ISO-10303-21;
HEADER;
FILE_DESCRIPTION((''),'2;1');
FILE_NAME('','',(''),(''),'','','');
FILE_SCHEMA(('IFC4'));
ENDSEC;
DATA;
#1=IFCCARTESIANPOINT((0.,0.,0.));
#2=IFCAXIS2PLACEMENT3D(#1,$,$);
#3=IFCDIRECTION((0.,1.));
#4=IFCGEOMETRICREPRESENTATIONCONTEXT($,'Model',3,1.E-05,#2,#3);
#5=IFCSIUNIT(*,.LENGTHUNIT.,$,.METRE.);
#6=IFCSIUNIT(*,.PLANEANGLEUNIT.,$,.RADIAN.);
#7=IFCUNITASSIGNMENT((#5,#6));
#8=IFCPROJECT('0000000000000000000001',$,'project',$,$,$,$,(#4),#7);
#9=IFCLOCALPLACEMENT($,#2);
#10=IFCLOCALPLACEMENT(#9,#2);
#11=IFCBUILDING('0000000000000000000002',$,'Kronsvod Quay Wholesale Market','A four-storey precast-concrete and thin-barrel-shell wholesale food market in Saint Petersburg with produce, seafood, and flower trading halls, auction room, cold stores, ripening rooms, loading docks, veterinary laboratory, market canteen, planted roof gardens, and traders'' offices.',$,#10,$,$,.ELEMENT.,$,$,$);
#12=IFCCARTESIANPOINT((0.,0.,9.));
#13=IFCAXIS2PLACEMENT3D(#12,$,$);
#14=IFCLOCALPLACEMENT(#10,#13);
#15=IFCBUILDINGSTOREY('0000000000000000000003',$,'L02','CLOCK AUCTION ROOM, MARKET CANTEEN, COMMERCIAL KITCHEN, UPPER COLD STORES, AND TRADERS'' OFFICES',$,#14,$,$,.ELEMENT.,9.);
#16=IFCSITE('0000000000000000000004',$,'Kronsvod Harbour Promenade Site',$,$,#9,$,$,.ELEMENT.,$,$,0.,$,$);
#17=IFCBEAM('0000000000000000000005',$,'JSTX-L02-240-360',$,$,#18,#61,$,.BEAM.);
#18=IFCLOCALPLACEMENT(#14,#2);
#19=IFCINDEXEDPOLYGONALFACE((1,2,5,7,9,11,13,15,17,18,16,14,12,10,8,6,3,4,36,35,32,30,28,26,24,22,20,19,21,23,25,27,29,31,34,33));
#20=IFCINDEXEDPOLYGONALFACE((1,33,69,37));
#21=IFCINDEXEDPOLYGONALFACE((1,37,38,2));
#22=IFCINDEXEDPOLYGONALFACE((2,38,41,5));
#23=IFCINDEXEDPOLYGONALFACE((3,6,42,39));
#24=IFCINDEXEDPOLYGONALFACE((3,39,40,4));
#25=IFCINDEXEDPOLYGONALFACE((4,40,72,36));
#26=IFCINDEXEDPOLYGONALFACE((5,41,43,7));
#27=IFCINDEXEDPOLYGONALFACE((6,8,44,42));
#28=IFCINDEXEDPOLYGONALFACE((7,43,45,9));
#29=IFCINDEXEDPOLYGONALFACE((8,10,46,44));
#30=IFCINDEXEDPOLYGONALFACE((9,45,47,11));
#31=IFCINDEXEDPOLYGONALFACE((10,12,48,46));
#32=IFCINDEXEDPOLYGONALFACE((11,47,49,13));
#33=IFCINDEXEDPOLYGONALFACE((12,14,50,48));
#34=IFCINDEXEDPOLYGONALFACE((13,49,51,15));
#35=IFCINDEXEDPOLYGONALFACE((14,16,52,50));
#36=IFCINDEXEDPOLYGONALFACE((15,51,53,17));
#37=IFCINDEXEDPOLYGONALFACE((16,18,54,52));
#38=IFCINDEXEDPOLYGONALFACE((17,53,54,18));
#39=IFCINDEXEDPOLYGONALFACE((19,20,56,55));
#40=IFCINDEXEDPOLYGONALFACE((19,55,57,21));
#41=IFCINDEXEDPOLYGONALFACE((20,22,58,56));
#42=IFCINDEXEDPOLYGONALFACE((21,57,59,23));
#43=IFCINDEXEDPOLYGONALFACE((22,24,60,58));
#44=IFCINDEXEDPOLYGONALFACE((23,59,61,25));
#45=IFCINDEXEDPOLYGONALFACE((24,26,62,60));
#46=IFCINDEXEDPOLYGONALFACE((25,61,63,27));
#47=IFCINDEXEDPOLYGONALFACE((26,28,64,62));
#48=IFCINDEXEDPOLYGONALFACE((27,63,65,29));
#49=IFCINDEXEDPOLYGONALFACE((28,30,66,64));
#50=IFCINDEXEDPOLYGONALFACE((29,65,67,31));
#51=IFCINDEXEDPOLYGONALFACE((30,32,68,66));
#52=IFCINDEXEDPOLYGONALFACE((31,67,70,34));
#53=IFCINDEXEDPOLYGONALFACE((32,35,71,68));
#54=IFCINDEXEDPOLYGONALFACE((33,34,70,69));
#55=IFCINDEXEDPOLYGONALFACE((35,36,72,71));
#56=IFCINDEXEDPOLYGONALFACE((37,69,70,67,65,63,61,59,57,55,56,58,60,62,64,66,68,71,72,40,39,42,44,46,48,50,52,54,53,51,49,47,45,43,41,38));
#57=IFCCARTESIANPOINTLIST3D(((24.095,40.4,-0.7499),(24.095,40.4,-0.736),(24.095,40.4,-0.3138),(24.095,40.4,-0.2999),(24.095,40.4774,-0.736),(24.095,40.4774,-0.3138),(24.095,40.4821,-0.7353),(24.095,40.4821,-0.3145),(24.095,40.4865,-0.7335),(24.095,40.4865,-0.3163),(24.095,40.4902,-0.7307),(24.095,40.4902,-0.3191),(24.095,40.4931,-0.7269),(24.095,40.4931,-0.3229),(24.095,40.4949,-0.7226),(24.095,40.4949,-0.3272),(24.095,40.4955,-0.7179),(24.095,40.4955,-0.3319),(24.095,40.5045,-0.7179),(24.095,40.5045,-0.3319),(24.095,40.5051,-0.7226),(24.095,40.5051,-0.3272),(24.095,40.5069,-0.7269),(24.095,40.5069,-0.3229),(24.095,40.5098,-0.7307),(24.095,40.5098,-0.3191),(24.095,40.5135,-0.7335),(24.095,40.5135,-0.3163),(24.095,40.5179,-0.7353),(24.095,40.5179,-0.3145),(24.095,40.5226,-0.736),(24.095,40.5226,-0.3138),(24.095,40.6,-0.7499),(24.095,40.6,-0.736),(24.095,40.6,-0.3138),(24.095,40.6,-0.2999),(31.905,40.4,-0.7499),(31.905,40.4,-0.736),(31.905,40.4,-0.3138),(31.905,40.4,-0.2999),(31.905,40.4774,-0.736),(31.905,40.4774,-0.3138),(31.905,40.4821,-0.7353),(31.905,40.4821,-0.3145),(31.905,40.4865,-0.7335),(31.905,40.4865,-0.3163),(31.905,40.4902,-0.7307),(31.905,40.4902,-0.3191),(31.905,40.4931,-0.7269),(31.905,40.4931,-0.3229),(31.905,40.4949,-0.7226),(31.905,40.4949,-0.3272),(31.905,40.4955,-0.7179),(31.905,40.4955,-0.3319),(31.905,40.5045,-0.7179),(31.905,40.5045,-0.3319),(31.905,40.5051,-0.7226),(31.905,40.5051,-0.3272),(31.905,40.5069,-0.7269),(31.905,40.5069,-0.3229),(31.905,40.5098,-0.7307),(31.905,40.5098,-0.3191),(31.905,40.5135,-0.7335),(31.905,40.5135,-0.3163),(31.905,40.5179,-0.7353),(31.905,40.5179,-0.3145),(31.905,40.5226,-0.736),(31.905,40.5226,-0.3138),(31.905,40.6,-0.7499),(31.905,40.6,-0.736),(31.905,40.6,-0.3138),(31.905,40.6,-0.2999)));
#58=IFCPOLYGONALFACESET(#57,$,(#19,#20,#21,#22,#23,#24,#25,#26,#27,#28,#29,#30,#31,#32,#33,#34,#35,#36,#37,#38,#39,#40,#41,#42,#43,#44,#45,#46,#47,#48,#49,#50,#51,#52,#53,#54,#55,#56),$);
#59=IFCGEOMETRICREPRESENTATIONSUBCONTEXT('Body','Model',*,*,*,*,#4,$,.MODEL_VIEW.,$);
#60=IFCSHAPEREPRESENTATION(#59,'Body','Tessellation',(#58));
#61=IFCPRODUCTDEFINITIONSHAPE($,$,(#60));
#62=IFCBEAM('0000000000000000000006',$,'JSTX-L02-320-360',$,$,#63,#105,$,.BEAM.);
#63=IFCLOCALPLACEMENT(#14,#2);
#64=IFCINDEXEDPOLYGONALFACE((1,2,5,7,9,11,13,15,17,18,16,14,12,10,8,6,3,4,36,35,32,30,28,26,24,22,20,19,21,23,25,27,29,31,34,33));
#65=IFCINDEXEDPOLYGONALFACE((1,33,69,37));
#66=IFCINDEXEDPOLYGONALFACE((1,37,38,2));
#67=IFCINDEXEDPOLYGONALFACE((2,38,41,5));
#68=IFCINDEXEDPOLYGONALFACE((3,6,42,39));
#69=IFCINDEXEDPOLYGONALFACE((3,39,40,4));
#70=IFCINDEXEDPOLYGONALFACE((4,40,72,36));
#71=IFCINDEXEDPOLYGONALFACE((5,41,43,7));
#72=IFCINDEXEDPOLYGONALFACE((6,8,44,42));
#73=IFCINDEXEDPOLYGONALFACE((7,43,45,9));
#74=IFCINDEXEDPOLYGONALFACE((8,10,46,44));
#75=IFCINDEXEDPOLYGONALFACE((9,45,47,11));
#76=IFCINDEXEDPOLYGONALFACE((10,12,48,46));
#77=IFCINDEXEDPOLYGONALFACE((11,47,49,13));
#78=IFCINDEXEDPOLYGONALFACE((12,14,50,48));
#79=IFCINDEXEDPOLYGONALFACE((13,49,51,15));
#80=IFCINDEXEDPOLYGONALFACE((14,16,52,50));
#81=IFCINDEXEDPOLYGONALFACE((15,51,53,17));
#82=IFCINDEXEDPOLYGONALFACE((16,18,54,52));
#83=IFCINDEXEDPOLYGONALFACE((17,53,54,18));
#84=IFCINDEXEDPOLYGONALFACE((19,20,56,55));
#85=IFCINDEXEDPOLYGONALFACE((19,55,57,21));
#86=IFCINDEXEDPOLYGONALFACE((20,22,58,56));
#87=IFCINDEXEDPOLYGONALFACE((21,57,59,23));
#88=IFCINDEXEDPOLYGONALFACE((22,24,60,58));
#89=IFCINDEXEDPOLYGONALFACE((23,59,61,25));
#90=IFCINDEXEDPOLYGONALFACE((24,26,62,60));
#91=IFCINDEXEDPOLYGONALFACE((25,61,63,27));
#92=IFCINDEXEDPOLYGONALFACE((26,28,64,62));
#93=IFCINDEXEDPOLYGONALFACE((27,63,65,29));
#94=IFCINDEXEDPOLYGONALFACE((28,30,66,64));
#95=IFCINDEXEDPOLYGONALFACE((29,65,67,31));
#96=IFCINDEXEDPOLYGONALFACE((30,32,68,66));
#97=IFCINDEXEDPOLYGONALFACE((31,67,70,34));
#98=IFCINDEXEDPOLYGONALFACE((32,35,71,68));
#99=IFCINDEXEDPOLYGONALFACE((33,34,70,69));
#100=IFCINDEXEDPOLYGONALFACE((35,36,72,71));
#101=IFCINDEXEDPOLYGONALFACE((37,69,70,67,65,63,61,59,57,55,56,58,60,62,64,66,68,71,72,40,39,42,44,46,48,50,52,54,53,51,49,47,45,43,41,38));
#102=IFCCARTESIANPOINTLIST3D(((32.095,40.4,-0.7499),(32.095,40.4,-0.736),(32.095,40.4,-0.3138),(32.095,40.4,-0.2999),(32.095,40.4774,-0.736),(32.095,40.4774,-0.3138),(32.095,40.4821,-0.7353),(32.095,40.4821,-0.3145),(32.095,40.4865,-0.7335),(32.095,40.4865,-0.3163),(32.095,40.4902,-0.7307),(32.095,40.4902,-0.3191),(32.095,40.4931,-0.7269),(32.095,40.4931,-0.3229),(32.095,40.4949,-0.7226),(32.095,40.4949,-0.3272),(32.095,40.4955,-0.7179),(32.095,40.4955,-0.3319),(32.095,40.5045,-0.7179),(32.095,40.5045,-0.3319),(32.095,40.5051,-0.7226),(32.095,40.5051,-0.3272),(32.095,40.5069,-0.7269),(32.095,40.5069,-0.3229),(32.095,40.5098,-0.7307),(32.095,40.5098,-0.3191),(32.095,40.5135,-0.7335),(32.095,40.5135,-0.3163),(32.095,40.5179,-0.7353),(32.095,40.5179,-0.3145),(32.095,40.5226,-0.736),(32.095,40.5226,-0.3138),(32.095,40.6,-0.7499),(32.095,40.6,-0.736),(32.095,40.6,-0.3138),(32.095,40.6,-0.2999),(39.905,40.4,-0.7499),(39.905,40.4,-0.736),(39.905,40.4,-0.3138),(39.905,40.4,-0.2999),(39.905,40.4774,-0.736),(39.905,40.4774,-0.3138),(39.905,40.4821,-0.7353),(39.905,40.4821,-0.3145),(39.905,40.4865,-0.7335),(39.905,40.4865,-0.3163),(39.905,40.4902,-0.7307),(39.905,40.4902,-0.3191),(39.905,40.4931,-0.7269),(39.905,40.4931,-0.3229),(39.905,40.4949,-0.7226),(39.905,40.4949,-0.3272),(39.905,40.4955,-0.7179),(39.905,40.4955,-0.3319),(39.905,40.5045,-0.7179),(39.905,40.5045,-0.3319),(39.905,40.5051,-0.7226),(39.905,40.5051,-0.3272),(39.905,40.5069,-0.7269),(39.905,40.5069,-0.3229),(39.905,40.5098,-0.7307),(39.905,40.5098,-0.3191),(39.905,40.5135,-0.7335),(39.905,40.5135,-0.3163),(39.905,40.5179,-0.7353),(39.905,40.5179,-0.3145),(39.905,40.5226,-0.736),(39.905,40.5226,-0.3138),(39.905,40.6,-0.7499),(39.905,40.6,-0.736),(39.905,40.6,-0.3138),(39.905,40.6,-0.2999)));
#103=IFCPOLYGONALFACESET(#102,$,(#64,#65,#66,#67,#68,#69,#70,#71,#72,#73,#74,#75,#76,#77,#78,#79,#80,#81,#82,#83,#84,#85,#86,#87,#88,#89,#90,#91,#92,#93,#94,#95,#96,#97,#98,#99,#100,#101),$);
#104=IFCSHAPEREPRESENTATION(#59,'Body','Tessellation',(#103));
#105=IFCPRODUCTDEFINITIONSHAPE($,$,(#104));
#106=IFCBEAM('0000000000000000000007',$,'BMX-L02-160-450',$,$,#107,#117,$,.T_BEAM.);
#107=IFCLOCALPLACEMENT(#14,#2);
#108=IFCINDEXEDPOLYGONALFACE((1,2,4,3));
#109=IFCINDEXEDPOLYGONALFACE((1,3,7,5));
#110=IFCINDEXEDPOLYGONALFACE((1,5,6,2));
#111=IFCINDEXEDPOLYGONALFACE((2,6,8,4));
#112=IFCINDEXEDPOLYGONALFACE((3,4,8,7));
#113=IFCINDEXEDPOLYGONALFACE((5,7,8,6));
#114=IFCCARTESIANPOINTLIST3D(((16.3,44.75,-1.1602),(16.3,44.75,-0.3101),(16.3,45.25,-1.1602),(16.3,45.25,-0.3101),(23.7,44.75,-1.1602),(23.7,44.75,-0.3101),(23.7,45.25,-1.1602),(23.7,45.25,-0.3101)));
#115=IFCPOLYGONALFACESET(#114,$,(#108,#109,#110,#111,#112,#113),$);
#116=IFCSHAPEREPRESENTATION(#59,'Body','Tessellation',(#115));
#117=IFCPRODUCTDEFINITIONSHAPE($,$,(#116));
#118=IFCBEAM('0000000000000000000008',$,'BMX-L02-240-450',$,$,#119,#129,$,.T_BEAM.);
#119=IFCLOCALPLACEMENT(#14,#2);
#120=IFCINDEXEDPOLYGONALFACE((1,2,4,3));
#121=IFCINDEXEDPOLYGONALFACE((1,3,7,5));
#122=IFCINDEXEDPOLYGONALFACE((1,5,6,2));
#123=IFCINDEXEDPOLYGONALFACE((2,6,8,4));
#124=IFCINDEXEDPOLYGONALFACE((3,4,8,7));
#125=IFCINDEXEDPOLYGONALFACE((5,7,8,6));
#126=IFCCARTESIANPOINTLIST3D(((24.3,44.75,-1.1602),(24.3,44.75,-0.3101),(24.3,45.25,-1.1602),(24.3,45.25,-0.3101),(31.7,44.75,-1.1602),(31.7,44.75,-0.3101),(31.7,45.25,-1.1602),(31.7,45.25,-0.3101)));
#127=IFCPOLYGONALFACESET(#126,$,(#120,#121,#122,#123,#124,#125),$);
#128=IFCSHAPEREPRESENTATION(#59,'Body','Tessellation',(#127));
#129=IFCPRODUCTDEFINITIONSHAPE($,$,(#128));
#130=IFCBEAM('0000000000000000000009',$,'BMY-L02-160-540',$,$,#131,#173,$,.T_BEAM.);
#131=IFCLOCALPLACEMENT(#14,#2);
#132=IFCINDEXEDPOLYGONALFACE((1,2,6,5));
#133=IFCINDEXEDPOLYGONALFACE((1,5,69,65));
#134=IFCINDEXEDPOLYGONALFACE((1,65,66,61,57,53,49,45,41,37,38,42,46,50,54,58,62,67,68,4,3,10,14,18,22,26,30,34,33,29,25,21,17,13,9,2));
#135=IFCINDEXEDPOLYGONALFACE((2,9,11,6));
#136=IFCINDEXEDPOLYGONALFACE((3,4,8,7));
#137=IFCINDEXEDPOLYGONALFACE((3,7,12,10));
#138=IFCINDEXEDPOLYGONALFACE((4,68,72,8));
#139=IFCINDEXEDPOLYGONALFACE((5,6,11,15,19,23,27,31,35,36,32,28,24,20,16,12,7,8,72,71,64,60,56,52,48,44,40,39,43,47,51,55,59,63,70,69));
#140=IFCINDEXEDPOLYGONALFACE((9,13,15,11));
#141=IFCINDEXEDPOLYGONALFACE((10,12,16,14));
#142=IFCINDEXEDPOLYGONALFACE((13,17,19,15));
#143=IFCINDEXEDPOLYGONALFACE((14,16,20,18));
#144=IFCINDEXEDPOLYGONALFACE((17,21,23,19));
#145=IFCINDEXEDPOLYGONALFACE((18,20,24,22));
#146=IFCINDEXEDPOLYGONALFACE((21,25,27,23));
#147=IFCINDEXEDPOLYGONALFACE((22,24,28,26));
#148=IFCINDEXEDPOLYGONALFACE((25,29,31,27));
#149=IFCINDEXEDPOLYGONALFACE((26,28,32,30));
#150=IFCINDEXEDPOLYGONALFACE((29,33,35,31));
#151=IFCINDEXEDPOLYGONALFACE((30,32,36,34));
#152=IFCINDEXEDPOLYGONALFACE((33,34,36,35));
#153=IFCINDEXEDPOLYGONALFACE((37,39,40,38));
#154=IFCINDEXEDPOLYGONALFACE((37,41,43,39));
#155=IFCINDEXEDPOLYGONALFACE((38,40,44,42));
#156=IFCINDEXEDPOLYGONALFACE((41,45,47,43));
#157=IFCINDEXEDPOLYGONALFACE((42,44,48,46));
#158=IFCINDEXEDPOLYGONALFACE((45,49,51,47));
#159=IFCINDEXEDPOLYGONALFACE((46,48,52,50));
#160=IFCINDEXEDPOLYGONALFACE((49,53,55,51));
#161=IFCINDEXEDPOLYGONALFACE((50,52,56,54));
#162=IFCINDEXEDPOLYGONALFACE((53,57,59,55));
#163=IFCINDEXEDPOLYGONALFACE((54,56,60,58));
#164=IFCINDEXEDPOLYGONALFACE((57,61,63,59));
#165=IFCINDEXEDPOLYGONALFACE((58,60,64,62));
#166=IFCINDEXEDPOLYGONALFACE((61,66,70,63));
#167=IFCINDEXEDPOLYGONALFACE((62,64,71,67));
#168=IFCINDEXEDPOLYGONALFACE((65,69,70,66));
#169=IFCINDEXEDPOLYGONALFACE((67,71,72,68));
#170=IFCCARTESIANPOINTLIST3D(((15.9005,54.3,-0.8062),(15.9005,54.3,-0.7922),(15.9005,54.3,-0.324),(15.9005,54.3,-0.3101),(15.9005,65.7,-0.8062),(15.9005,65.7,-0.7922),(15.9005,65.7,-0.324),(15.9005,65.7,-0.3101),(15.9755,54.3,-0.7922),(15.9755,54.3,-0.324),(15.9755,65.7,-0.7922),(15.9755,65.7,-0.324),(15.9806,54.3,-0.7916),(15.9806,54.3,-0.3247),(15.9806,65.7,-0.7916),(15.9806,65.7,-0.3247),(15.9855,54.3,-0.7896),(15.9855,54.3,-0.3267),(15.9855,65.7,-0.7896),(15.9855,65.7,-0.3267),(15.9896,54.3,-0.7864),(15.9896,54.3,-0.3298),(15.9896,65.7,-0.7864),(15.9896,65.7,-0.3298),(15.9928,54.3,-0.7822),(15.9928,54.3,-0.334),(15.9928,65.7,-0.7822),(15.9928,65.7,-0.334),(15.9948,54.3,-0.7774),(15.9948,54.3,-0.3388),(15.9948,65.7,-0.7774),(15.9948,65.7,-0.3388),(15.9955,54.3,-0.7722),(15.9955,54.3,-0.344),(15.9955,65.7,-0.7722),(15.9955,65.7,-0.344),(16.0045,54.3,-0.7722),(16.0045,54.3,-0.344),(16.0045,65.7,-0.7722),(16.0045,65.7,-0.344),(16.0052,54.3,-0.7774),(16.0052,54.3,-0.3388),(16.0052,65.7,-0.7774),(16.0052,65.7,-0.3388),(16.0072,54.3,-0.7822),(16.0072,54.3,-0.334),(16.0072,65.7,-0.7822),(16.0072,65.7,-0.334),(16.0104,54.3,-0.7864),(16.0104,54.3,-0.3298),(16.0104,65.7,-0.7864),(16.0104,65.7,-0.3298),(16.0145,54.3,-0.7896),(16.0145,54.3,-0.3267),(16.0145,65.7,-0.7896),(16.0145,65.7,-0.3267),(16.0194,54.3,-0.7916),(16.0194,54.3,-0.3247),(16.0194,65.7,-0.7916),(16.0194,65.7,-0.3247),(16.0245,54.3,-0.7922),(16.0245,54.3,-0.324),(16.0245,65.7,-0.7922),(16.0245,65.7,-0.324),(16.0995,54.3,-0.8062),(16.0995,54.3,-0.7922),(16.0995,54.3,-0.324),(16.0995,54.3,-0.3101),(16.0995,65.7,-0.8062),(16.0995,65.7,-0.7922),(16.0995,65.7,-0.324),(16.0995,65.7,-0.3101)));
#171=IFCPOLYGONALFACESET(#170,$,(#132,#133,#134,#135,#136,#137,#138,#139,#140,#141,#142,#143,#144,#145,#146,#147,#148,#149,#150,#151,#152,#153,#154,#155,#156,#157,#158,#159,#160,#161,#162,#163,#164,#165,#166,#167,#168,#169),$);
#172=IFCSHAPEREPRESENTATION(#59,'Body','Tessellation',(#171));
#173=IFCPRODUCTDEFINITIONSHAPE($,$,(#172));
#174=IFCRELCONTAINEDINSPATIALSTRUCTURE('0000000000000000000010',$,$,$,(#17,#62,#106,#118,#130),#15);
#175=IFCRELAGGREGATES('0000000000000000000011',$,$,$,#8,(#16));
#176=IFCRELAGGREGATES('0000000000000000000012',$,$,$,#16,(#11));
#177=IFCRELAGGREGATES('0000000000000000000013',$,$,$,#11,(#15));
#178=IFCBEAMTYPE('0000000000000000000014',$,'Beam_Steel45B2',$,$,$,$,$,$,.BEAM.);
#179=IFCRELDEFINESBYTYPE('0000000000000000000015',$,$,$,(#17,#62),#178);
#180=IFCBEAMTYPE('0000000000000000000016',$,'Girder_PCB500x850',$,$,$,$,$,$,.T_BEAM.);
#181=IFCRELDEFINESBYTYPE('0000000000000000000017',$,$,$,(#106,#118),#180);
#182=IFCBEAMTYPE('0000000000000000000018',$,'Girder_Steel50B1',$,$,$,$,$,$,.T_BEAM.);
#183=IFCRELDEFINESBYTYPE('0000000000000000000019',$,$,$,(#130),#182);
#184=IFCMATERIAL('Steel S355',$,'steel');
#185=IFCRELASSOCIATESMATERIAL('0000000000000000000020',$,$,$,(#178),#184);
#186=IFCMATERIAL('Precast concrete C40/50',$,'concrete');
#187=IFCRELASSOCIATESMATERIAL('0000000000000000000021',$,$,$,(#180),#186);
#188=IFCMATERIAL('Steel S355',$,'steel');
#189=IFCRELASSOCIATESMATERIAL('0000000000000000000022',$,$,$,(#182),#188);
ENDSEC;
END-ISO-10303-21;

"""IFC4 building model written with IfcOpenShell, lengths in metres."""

from ifc_helpers import new_model, si_unit, direction, frame, origin, origin_2d, place, context, subcontext, project, spatial, rectangle, i_section, extrude, material, material_profile, profile_set, type_object, element, save


model = new_model("IFC4")

# Units and contexts
model_context = context("Model", 3, precision=1e-05, world=origin(), true_north=direction((0.0, 1.0)))
body_context = subcontext(model_context, "Body", "Model", "MODEL_VIEW")
ifc_project = project(units=[si_unit("LENGTHUNIT", "METRE"), si_unit("PLANEANGLEUNIT", "RADIAN")], contexts=[model_context])

# Site, building, storey
site_placement = place(None, origin())
site = spatial("IfcSite", under=ifc_project, at=site_placement, Name="Kronsvod Harbour Promenade Site", CompositionType="ELEMENT", RefElevation=0.0)
building_placement = place(site_placement, origin())
building = spatial("IfcBuilding", under=site, at=building_placement, Name="Kronsvod Quay Wholesale Market", Description="A four-storey precast-concrete and thin-barrel-shell wholesale food market in Saint Petersburg with produce, seafood, and flower trading halls, auction room, cold stores, ripening rooms, loading docks, veterinary laboratory, market canteen, planted roof gardens, and traders' offices.", CompositionType="ELEMENT")
storey_placement = place(building_placement, frame((0.0, 0.0, 9.0)))
storey = spatial("IfcBuildingStorey", under=building, at=storey_placement, Name="L02", Description="CLOCK AUCTION ROOM, MARKET CANTEEN, COMMERCIAL KITCHEN, UPPER COLD STORES, AND TRADERS' OFFICES", CompositionType="ELEMENT", Elevation=9.0)

# Beams
ifc_material_1 = material(Name="Steel S355", Category="steel")
ifc_material_profile_1 = material_profile(ifc_material_1, i_section(OverallWidth=0.2, OverallDepth=0.45, WebThickness=0.009, FlangeThickness=0.0139, FilletRadius=0.0181, at=origin_2d()), Name="45B2")
ifc_profile_set_1 = profile_set([ifc_material_profile_1], Name="Steel S355")
beam_type_1 = type_object("IfcBeamType", Name="Beam_Steel45B2", PredefinedType="BEAM", material=ifc_profile_set_1)
for number, where, z_axis, x_axis, name in (
    (1, (24.095, 40.5, -0.5249), (1.0, 0.0, 0.0), (0.0, 1.0, 0.0), "JSTX-L02-240-360"),
    (2, (32.095, 40.5, -0.5249), (1.0, 0.0, 0.0), (0.0, 1.0, 0.0), "JSTX-L02-320-360"),
):
    element("IfcBeam", number, at=place(storey_placement, frame(where, z_axis=z_axis, x_axis=x_axis)), inside=storey, type_object=beam_type_1, Name=name, PredefinedType="BEAM", context=body_context, shape_type="SweptSolid", body=[
        extrude(i_section(OverallWidth=0.2, OverallDepth=0.45, WebThickness=0.009, FlangeThickness=0.0139, FilletRadius=0.0181, at=origin_2d()), origin(), (0.0, 0.0, 1.0), 7.8101),
    ])
ifc_material_2 = material(Name="Precast concrete C40/50", Category="concrete")
ifc_material_profile_2 = material_profile(ifc_material_2, rectangle(XDim=0.5, YDim=0.8501, at=origin_2d()), Name="PCB500x850")
ifc_profile_set_2 = profile_set([ifc_material_profile_2], Name="Precast concrete C40/50")
beam_type_2 = type_object("IfcBeamType", Name="Girder_PCB500x850", PredefinedType="T_BEAM", material=ifc_profile_set_2)
for number, where, z_axis, x_axis, name in (
    (3, (16.3, 45.0, -0.7351), (1.0, 0.0, 0.0), (0.0, 1.0, 0.0), "BMX-L02-160-450"),
    (4, (24.3, 45.0, -0.7351), (1.0, 0.0, 0.0), (0.0, 1.0, 0.0), "BMX-L02-240-450"),
):
    element("IfcBeam", number, at=place(storey_placement, frame(where, z_axis=z_axis, x_axis=x_axis)), inside=storey, type_object=beam_type_2, Name=name, PredefinedType="T_BEAM", context=body_context, shape_type="SweptSolid", body=[
        extrude(rectangle(XDim=0.5, YDim=0.8501, at=origin_2d()), origin(), (0.0, 0.0, 1.0), 7.3999),
    ])
ifc_material_3 = material(Name="Steel S355", Category="steel")
ifc_material_profile_3 = material_profile(ifc_material_3, i_section(OverallWidth=0.199, OverallDepth=0.4961, WebThickness=0.009, FlangeThickness=0.0139, FilletRadius=0.02, at=origin_2d()), Name="50B1")
ifc_profile_set_3 = profile_set([ifc_material_profile_3], Name="Steel S355")
beam_type_3 = type_object("IfcBeamType", Name="Girder_Steel50B1", PredefinedType="T_BEAM", material=ifc_profile_set_3)
for number, where, z_axis, x_axis, name in (
    (5, (16.0, 54.3, -0.5581), (0.0, 1.0, 0.0), (-1.0, 0.0, 0.0), "BMY-L02-160-540"),
):
    element("IfcBeam", number, at=place(storey_placement, frame(where, z_axis=z_axis, x_axis=x_axis)), inside=storey, type_object=beam_type_3, Name=name, PredefinedType="T_BEAM", context=body_context, shape_type="SweptSolid", body=[
        extrude(i_section(OverallWidth=0.199, OverallDepth=0.4961, WebThickness=0.009, FlangeThickness=0.0139, FilletRadius=0.02, at=origin_2d()), origin(), (0.0, 0.0, 1.0), 11.3999),
    ])

save(model, "model.ifc")
